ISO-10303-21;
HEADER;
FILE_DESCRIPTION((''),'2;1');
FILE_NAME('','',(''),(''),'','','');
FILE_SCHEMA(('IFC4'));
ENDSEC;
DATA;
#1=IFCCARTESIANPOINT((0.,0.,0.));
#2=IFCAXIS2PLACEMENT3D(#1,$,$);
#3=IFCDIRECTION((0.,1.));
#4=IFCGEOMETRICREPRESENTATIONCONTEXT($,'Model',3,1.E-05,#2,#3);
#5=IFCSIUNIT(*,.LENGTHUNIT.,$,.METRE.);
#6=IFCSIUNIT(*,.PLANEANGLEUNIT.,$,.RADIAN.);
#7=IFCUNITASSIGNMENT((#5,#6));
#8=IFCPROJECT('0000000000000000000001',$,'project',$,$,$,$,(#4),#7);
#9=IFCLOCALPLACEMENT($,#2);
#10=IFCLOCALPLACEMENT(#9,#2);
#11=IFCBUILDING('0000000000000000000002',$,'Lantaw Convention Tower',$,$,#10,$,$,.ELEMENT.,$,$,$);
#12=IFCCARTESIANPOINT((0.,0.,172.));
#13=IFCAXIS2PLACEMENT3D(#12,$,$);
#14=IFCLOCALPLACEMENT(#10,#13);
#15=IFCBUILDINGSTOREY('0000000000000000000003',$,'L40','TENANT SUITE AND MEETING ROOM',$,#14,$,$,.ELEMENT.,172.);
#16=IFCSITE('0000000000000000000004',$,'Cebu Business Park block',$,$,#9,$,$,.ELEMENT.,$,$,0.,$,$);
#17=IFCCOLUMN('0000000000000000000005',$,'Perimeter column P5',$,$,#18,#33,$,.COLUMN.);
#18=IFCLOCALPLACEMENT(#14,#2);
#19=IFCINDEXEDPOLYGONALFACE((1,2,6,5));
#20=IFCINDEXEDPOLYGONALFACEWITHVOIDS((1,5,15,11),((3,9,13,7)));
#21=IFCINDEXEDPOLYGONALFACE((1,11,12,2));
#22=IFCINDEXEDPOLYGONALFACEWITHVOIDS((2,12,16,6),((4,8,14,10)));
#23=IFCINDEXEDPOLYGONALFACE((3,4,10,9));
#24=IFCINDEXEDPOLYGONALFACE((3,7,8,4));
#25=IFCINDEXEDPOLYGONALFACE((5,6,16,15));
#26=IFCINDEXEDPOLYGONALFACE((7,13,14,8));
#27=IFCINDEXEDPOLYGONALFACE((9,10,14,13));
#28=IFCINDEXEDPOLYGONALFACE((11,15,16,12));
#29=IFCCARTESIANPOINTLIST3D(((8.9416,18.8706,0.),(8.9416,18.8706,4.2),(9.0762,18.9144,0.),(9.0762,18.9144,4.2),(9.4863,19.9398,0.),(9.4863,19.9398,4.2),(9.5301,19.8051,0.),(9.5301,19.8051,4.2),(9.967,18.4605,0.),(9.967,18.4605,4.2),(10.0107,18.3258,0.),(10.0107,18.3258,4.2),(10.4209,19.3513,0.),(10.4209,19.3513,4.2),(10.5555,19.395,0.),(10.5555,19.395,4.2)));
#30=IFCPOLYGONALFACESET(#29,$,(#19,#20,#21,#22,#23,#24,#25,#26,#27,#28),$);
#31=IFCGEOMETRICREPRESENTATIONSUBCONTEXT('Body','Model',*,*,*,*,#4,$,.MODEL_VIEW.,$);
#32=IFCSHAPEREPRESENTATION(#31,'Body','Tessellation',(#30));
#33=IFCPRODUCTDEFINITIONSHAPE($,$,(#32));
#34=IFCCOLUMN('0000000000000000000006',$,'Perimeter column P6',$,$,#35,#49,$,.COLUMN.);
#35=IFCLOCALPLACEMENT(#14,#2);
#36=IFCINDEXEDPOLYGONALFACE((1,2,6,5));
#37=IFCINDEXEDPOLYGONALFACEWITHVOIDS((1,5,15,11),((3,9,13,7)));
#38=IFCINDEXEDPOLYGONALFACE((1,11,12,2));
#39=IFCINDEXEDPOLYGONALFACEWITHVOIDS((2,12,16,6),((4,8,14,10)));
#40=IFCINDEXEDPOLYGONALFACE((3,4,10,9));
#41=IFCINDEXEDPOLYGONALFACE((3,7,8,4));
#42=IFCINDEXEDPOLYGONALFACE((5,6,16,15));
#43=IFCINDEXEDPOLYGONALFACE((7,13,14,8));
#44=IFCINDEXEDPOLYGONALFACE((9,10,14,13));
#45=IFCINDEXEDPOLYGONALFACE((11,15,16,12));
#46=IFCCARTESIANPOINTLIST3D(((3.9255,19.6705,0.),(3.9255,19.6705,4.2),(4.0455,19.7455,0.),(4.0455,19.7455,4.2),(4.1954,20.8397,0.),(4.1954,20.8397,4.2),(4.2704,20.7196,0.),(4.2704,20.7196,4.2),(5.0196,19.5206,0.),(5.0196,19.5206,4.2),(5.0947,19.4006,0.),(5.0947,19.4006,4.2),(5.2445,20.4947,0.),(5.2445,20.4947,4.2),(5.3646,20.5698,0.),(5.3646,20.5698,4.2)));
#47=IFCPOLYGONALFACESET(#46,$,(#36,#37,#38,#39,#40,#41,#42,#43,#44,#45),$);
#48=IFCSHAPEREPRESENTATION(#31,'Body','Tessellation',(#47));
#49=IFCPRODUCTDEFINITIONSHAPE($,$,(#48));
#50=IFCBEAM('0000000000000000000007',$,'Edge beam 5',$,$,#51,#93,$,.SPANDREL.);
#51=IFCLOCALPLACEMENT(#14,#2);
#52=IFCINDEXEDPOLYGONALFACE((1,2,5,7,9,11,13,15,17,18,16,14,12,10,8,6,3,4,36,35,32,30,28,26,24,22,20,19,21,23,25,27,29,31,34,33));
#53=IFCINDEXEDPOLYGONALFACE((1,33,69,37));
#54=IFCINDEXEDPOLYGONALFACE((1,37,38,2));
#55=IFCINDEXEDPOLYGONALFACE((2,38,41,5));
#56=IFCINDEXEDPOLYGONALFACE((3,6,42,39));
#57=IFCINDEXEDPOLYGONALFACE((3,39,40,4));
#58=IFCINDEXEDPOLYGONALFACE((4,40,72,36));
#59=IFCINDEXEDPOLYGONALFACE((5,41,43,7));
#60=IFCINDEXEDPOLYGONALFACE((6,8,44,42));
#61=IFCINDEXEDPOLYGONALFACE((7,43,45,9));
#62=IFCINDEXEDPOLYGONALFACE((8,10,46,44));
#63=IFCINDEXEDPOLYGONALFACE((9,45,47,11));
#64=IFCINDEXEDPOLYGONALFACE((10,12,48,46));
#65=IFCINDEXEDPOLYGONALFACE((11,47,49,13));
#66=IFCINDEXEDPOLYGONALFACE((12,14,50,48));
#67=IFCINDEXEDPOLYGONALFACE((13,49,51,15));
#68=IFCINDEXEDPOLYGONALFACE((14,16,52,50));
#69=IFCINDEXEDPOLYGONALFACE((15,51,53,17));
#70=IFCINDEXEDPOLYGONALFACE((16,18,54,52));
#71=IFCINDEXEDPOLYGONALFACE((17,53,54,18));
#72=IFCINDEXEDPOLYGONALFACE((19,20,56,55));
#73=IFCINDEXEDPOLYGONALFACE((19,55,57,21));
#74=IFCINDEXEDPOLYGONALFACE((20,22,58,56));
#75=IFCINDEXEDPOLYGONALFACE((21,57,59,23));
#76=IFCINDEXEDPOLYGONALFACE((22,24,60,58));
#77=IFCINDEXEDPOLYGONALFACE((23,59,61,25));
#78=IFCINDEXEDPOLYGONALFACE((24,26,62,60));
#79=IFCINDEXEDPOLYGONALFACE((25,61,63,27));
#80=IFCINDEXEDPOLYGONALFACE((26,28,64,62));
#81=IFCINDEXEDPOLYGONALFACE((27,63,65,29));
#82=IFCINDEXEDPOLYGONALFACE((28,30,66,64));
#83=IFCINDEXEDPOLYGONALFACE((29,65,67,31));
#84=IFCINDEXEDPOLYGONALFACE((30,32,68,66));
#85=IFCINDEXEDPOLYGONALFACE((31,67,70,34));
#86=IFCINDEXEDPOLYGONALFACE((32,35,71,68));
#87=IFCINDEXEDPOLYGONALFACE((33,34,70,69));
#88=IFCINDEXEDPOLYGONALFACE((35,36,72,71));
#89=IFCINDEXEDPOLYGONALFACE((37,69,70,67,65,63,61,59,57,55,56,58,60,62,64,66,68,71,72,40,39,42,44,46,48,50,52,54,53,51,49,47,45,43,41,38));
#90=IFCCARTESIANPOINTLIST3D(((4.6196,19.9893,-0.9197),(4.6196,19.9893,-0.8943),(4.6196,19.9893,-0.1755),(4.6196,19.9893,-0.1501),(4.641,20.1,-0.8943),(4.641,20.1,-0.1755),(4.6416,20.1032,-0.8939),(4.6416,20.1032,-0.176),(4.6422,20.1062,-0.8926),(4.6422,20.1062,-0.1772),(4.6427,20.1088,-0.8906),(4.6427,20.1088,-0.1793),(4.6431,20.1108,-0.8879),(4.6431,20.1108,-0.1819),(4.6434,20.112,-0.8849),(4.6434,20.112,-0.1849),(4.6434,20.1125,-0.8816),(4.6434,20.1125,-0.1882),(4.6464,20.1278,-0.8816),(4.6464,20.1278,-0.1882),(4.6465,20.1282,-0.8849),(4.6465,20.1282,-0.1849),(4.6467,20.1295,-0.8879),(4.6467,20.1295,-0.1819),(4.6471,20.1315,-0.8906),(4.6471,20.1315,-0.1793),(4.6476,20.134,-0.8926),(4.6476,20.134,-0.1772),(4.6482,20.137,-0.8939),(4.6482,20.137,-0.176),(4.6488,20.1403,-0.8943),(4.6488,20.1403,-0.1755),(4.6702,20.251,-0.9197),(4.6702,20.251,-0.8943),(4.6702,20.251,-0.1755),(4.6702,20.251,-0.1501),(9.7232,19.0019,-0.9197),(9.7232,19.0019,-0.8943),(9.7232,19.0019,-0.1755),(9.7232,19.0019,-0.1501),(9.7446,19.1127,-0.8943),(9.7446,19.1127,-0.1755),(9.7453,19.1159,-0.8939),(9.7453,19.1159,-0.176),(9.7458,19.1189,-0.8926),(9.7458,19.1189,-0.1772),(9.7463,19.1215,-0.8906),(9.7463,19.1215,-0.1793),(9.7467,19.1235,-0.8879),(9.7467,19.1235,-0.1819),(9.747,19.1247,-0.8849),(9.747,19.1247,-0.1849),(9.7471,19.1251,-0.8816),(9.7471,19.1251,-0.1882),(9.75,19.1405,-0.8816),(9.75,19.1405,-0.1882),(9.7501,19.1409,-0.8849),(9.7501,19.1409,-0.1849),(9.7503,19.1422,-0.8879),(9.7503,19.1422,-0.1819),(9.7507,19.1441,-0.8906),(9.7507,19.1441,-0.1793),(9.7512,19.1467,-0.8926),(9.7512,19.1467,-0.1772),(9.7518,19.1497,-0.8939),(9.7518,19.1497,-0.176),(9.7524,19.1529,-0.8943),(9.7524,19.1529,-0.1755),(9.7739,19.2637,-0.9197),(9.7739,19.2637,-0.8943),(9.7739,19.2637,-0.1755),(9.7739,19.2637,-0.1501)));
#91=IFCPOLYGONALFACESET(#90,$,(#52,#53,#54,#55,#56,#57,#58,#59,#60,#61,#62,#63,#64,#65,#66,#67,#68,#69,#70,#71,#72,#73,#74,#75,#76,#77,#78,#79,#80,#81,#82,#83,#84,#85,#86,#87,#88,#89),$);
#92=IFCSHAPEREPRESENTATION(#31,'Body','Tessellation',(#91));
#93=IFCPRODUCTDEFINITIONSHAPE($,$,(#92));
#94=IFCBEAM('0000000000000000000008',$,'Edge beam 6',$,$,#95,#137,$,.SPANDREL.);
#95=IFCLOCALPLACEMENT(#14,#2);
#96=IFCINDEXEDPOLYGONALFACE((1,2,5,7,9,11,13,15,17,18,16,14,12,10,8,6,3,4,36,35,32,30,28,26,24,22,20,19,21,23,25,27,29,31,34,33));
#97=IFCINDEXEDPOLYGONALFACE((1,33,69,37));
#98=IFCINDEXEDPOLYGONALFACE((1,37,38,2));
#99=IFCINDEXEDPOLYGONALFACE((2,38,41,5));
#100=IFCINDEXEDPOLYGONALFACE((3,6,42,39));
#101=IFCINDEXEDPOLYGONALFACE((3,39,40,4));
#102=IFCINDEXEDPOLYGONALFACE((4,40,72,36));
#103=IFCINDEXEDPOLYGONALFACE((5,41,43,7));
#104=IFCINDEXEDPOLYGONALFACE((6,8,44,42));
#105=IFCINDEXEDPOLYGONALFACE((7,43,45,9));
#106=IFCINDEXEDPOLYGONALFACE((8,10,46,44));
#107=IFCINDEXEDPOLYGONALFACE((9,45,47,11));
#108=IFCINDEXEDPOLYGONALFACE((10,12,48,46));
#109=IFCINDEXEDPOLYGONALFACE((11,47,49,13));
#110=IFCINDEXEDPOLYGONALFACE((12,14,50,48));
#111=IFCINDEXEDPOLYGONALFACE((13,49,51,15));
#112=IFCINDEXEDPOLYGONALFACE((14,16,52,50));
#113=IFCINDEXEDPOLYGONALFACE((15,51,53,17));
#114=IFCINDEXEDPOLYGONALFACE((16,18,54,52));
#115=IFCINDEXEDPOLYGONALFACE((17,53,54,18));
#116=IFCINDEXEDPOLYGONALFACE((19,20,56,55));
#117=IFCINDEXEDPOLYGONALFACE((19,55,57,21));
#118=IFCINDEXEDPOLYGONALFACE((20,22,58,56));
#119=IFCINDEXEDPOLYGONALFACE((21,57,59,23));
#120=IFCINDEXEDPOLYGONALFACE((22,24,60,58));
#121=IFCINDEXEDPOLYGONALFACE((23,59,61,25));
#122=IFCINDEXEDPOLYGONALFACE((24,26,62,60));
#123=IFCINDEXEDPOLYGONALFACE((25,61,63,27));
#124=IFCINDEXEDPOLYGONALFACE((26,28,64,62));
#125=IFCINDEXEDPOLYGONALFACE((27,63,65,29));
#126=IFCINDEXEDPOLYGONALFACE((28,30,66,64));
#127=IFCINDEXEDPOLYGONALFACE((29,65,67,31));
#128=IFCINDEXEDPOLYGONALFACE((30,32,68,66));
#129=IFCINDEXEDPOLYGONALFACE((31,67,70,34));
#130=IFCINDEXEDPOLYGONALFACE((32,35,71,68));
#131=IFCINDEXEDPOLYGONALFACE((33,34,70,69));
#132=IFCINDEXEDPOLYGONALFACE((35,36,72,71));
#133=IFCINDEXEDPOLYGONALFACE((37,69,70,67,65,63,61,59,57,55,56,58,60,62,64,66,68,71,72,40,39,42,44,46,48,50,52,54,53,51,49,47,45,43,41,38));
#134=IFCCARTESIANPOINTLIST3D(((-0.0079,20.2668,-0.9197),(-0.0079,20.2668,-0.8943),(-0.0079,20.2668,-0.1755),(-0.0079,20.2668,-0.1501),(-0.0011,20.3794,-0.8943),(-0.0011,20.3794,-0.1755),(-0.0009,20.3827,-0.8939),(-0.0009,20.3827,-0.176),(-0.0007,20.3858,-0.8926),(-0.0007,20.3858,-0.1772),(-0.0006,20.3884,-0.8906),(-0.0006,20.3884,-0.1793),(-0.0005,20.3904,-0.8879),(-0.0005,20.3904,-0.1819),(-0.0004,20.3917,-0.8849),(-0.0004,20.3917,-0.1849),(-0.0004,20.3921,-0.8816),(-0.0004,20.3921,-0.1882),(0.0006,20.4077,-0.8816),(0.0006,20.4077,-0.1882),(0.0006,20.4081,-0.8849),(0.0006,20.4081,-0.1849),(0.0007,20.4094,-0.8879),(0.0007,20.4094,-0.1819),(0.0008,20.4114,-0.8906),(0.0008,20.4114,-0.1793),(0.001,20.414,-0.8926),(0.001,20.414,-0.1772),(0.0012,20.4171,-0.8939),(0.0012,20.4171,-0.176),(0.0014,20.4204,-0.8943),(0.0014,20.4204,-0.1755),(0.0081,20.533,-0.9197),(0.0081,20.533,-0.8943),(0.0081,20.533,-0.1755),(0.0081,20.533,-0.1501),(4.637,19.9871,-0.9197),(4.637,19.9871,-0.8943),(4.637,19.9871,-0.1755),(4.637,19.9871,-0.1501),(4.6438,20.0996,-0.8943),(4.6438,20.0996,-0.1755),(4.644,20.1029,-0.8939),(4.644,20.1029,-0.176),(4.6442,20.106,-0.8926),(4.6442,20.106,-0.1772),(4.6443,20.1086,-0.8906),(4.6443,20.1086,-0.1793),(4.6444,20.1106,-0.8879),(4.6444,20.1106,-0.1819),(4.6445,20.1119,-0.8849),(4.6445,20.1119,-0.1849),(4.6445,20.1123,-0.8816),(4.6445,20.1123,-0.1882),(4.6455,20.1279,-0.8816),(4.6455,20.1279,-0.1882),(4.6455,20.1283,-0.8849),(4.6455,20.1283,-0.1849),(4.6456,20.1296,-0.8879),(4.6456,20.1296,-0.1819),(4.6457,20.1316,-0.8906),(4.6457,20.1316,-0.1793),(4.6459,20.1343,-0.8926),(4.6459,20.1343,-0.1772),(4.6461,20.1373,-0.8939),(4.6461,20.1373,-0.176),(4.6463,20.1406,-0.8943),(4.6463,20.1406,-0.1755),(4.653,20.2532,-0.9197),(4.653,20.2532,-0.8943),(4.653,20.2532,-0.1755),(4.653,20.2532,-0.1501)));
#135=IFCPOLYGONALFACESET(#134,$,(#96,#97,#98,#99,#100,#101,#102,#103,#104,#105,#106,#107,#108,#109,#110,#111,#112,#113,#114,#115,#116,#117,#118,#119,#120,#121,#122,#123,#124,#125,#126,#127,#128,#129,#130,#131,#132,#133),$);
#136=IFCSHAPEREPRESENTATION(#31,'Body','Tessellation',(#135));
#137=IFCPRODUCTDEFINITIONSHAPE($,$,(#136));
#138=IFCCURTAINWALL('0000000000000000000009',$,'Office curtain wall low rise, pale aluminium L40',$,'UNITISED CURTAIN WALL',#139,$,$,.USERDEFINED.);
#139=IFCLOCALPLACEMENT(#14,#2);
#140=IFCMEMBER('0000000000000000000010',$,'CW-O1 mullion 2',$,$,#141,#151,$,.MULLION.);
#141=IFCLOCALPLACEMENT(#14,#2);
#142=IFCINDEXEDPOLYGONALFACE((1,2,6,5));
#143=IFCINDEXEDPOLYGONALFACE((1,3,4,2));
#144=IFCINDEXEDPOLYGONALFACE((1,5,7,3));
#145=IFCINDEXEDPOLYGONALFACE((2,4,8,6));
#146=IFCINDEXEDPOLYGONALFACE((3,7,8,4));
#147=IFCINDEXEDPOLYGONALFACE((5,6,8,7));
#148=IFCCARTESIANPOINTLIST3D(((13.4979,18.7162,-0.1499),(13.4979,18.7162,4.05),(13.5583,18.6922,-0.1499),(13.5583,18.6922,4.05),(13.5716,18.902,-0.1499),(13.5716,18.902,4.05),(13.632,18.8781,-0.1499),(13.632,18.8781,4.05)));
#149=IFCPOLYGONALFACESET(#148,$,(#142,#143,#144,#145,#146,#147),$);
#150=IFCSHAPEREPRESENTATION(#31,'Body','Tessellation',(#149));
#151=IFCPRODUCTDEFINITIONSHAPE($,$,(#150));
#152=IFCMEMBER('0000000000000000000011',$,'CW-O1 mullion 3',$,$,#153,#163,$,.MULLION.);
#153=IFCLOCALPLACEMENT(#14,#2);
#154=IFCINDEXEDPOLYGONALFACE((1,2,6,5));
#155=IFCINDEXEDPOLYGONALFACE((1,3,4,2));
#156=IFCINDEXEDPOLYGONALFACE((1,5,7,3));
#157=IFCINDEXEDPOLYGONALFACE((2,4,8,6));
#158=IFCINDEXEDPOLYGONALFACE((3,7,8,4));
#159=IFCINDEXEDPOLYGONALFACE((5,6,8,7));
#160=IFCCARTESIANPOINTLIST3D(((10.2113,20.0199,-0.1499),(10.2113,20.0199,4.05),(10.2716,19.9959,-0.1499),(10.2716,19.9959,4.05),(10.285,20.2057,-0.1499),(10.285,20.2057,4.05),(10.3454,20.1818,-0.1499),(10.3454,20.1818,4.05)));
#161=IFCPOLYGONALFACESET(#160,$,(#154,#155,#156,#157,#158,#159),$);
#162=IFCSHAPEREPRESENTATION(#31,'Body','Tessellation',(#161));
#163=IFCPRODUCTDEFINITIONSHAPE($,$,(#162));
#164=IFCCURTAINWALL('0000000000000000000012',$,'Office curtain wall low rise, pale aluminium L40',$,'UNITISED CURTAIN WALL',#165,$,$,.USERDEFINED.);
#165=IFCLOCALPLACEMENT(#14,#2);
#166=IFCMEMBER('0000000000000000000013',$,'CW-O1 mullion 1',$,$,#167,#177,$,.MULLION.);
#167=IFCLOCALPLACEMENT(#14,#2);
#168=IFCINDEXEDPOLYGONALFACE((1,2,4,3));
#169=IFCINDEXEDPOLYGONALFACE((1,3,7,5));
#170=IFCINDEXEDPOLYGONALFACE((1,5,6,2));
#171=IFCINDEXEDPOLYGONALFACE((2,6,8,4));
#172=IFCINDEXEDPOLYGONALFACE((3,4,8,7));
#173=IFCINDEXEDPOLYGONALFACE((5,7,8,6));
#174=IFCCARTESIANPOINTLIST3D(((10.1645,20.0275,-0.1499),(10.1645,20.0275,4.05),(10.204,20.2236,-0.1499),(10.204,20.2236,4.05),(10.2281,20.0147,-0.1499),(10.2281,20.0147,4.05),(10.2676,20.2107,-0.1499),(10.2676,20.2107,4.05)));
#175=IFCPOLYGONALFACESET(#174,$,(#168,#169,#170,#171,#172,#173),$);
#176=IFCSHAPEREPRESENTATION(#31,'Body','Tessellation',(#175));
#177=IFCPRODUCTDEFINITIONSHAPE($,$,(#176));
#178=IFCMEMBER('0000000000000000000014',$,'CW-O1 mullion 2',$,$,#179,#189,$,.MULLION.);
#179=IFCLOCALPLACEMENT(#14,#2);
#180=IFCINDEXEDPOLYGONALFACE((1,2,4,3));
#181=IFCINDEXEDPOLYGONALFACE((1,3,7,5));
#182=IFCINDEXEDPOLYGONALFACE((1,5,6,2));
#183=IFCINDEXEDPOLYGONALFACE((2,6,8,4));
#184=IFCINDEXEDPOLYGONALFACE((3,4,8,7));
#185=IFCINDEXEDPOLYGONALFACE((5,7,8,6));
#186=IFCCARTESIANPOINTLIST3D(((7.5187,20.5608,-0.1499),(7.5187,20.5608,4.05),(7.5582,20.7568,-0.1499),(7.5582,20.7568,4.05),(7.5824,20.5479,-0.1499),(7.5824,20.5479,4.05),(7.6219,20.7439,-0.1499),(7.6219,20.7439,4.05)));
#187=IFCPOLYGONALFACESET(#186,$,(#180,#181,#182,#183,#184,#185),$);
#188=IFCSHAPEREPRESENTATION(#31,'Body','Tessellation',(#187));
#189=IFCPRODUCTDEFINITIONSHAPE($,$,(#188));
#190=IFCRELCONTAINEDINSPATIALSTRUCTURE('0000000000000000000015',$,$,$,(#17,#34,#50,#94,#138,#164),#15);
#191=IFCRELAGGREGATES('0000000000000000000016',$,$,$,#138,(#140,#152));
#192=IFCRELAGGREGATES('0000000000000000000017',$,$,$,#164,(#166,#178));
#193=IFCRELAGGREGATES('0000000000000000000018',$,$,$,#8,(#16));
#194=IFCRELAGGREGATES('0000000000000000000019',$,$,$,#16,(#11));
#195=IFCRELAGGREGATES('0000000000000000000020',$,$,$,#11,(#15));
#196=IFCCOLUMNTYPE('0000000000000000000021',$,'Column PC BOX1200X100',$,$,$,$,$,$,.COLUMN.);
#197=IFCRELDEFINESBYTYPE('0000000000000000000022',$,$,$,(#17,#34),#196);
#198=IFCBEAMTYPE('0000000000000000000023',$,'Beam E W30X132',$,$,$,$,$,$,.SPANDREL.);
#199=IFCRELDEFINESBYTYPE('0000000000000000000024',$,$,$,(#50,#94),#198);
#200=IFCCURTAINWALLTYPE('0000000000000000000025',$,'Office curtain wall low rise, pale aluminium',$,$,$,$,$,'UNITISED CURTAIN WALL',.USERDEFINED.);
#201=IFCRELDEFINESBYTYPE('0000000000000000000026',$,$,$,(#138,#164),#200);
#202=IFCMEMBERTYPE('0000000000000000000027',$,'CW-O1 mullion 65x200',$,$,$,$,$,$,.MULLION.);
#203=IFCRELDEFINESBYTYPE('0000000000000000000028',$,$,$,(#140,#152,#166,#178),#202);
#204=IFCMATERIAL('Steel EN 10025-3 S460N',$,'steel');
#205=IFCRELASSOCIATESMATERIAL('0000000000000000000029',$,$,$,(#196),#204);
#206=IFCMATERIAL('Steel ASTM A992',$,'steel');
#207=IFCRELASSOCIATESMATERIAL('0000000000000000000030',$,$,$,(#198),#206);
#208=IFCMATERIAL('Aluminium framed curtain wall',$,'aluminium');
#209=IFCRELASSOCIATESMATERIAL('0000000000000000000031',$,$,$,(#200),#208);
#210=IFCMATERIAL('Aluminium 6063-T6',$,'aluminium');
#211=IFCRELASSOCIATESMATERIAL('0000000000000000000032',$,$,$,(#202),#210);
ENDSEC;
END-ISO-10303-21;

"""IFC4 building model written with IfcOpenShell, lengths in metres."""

from ifc_helpers import new_model, si_unit, direction, frame, origin, origin_2d, place, context, subcontext, project, spatial, rectangle, hollow_rectangle, i_section, extrude, material, material_profile, profile_set, type_object, element, aggregate, save


model = new_model("IFC4")

# Units and contexts
model_context = context("Model", 3, precision=1e-05, world=origin(), true_north=direction((0.0, 1.0)))
body_context = subcontext(model_context, "Body", "Model", "MODEL_VIEW")
ifc_project = project(units=[si_unit("LENGTHUNIT", "METRE"), si_unit("PLANEANGLEUNIT", "RADIAN")], contexts=[model_context])

# Site, building, storey
site_placement = place(None, origin())
site = spatial("IfcSite", under=ifc_project, at=site_placement, Name="Cebu Business Park block", CompositionType="ELEMENT", RefElevation=0.0)
building_placement = place(site_placement, origin())
building = spatial("IfcBuilding", under=site, at=building_placement, Name="Lantaw Convention Tower", CompositionType="ELEMENT")
storey_placement = place(building_placement, frame((0.0, 0.0, 172.0)))
storey = spatial("IfcBuildingStorey", under=building, at=storey_placement, Name="L40", Description="TENANT SUITE AND MEETING ROOM", CompositionType="ELEMENT", Elevation=172.0)

# Columns
ifc_material_1 = material(Name="Steel EN 10025-3 S460N", Category="steel")
ifc_material_profile_1 = material_profile(ifc_material_1, hollow_rectangle(XDim=1.2, YDim=1.2, WallThickness=0.1001, at=origin_2d()), Name="BOX1200X100")
ifc_material_2 = material(Name="Concrete C60/75", Category="concrete")
ifc_material_profile_2 = material_profile(ifc_material_2, rectangle(XDim=1.0, YDim=1.0, at=origin_2d()), Name="Concrete fill of BOX1200X100")
ifc_profile_set_1 = profile_set([ifc_material_profile_1, ifc_material_profile_2], Name="Steel EN 10025-3 S460N")
column_type = type_object("IfcColumnType", Name="Column PC BOX1200X100", PredefinedType="COLUMN", material=ifc_profile_set_1)
for number, where, z_axis, x_axis, name in (
    (1, (9.7485, 19.1328, 0.0), (0.0, 0.0, 1.0), (0.45399, 0.891007, 0.0), "Perimeter column P5"),
    (2, (4.645, 20.1201, 0.0), (0.0, 0.0, 1.0), (0.224951, 0.97437, 0.0), "Perimeter column P6"),
):
    element("IfcColumn", number, at=place(storey_placement, frame(where, z_axis=z_axis, x_axis=x_axis)), inside=storey, type_object=column_type, Name=name, PredefinedType="COLUMN", context=body_context, shape_type="SweptSolid", body=[
        extrude(hollow_rectangle(XDim=1.2, YDim=1.2, WallThickness=0.1001, at=origin_2d()), origin(), (0.0, 0.0, 1.0), 4.2),
    ])

# Beams
ifc_material_3 = material(Name="Steel ASTM A992", Category="steel")
ifc_material_profile_3 = material_profile(ifc_material_3, i_section(OverallWidth=0.2666, OverallDepth=0.7695, WebThickness=0.0156, FlangeThickness=0.0254, FilletRadius=0.0127, at=origin_2d()), Name="W30X132")
ifc_profile_set_2 = profile_set([ifc_material_profile_3], Name="Steel ASTM A992")
beam_type = type_object("IfcBeamType", Name="Beam E W30X132", PredefinedType="SPANDREL", material=ifc_profile_set_2)
beam_1_placement = place(storey_placement, frame((9.7485, 19.1328, -0.5349), z_axis=(-0.981797, 0.189934, 0.0), x_axis=(-0.189934, -0.981797, 0.0)))
element("IfcBeam", 3, at=beam_1_placement, inside=storey, type_object=beam_type, Name="Edge beam 5", PredefinedType="SPANDREL", context=body_context, shape_type="SweptSolid", body=[
    extrude(i_section(OverallWidth=0.2666, OverallDepth=0.7695, WebThickness=0.0156, FlangeThickness=0.0254, FilletRadius=0.0127, at=origin_2d()), origin(), (0.0, 0.0, 1.0), 5.1982),
])
beam_2_placement = place(storey_placement, frame((4.645, 20.1201, -0.5349), z_axis=(-0.998191, 0.060124, 0.0), x_axis=(-0.060124, -0.998191, 0.0)))
element("IfcBeam", 4, at=beam_2_placement, inside=storey, type_object=beam_type, Name="Edge beam 6", PredefinedType="SPANDREL", context=body_context, shape_type="SweptSolid", body=[
    extrude(i_section(OverallWidth=0.2666, OverallDepth=0.7695, WebThickness=0.0156, FlangeThickness=0.0254, FilletRadius=0.0127, at=origin_2d()), origin(), (0.0, 0.0, 1.0), 4.6533),
])

# Curtain walls, members
ifc_material_4 = material(Name="Aluminium framed curtain wall", Category="aluminium")
curtain_wall_type = type_object("IfcCurtainWallType", Name="Office curtain wall low rise, pale aluminium", ElementType="UNITISED CURTAIN WALL", PredefinedType="USERDEFINED", material=ifc_material_4)
curtain_wall_1_placement = place(storey_placement, origin())
curtain_wall_1 = element("IfcCurtainWall", 5, at=curtain_wall_1_placement, inside=storey, type_object=curtain_wall_type, Name="Office curtain wall low rise, pale aluminium L40", ObjectType="UNITISED CURTAIN WALL", PredefinedType="USERDEFINED")
ifc_material_5 = material(Name="Aluminium 6063-T6", Category="aluminium")
ifc_material_profile_4 = material_profile(ifc_material_5, rectangle(XDim=0.2, YDim=0.0649, at=origin_2d()), Name="CW-O1 mullion 65x200")
ifc_profile_set_3 = profile_set([ifc_material_profile_4], Name="Aluminium 6063-T6")
member_type_1 = type_object("IfcMemberType", Name="CW-O1 mullion 65x200", PredefinedType="MULLION", material=ifc_profile_set_3)
member_1_placement = place(storey_placement, frame((13.5649, 18.7971, -0.1499), z_axis=(0.0, 0.0, 1.0), x_axis=(-0.368702, -0.929548, 0.0)))
member_1 = element("IfcMember", 6, at=member_1_placement, type_object=member_type_1, Name="CW-O1 mullion 2", PredefinedType="MULLION", context=body_context, shape_type="SweptSolid", body=[
    extrude(rectangle(XDim=0.2, YDim=0.0649, at=origin_2d()), origin(), (0.0, 0.0, 1.0), 4.2),
])
member_2_placement = place(storey_placement, frame((10.2783, 20.1008, -0.1499), z_axis=(0.0, 0.0, 1.0), x_axis=(-0.368702, -0.929548, 0.0)))
member_2 = element("IfcMember", 7, at=member_2_placement, type_object=member_type_1, Name="CW-O1 mullion 3", PredefinedType="MULLION", context=body_context, shape_type="SweptSolid", body=[
    extrude(rectangle(XDim=0.2, YDim=0.0649, at=origin_2d()), origin(), (0.0, 0.0, 1.0), 4.2),
])
curtain_wall_2_placement = place(storey_placement, origin())
curtain_wall_2 = element("IfcCurtainWall", 8, at=curtain_wall_2_placement, inside=storey, type_object=curtain_wall_type, Name="Office curtain wall low rise, pale aluminium L40", ObjectType="UNITISED CURTAIN WALL", PredefinedType="USERDEFINED")
member_3_placement = place(storey_placement, frame((10.2161, 20.1191, -0.1499), z_axis=(0.0, 0.0, 1.0), x_axis=(-0.197507, -0.980302, 0.0)))
member_3 = element("IfcMember", 9, at=member_3_placement, type_object=member_type_1, Name="CW-O1 mullion 1", PredefinedType="MULLION", context=body_context, shape_type="SweptSolid", body=[
    extrude(rectangle(XDim=0.2, YDim=0.0649, at=origin_2d()), origin(), (0.0, 0.0, 1.0), 4.2),
])
member_4_placement = place(storey_placement, frame((7.5703, 20.6523, -0.1499), z_axis=(0.0, 0.0, 1.0), x_axis=(-0.197507, -0.980302, 0.0)))
member_4 = element("IfcMember", 10, at=member_4_placement, type_object=member_type_1, Name="CW-O1 mullion 2", PredefinedType="MULLION", context=body_context, shape_type="SweptSolid", body=[
    extrude(rectangle(XDim=0.2, YDim=0.0649, at=origin_2d()), origin(), (0.0, 0.0, 1.0), 4.2),
])

aggregate(curtain_wall_1, [member_1, member_2])
aggregate(curtain_wall_2, [member_3, member_4])

save(model, "model.ifc")
